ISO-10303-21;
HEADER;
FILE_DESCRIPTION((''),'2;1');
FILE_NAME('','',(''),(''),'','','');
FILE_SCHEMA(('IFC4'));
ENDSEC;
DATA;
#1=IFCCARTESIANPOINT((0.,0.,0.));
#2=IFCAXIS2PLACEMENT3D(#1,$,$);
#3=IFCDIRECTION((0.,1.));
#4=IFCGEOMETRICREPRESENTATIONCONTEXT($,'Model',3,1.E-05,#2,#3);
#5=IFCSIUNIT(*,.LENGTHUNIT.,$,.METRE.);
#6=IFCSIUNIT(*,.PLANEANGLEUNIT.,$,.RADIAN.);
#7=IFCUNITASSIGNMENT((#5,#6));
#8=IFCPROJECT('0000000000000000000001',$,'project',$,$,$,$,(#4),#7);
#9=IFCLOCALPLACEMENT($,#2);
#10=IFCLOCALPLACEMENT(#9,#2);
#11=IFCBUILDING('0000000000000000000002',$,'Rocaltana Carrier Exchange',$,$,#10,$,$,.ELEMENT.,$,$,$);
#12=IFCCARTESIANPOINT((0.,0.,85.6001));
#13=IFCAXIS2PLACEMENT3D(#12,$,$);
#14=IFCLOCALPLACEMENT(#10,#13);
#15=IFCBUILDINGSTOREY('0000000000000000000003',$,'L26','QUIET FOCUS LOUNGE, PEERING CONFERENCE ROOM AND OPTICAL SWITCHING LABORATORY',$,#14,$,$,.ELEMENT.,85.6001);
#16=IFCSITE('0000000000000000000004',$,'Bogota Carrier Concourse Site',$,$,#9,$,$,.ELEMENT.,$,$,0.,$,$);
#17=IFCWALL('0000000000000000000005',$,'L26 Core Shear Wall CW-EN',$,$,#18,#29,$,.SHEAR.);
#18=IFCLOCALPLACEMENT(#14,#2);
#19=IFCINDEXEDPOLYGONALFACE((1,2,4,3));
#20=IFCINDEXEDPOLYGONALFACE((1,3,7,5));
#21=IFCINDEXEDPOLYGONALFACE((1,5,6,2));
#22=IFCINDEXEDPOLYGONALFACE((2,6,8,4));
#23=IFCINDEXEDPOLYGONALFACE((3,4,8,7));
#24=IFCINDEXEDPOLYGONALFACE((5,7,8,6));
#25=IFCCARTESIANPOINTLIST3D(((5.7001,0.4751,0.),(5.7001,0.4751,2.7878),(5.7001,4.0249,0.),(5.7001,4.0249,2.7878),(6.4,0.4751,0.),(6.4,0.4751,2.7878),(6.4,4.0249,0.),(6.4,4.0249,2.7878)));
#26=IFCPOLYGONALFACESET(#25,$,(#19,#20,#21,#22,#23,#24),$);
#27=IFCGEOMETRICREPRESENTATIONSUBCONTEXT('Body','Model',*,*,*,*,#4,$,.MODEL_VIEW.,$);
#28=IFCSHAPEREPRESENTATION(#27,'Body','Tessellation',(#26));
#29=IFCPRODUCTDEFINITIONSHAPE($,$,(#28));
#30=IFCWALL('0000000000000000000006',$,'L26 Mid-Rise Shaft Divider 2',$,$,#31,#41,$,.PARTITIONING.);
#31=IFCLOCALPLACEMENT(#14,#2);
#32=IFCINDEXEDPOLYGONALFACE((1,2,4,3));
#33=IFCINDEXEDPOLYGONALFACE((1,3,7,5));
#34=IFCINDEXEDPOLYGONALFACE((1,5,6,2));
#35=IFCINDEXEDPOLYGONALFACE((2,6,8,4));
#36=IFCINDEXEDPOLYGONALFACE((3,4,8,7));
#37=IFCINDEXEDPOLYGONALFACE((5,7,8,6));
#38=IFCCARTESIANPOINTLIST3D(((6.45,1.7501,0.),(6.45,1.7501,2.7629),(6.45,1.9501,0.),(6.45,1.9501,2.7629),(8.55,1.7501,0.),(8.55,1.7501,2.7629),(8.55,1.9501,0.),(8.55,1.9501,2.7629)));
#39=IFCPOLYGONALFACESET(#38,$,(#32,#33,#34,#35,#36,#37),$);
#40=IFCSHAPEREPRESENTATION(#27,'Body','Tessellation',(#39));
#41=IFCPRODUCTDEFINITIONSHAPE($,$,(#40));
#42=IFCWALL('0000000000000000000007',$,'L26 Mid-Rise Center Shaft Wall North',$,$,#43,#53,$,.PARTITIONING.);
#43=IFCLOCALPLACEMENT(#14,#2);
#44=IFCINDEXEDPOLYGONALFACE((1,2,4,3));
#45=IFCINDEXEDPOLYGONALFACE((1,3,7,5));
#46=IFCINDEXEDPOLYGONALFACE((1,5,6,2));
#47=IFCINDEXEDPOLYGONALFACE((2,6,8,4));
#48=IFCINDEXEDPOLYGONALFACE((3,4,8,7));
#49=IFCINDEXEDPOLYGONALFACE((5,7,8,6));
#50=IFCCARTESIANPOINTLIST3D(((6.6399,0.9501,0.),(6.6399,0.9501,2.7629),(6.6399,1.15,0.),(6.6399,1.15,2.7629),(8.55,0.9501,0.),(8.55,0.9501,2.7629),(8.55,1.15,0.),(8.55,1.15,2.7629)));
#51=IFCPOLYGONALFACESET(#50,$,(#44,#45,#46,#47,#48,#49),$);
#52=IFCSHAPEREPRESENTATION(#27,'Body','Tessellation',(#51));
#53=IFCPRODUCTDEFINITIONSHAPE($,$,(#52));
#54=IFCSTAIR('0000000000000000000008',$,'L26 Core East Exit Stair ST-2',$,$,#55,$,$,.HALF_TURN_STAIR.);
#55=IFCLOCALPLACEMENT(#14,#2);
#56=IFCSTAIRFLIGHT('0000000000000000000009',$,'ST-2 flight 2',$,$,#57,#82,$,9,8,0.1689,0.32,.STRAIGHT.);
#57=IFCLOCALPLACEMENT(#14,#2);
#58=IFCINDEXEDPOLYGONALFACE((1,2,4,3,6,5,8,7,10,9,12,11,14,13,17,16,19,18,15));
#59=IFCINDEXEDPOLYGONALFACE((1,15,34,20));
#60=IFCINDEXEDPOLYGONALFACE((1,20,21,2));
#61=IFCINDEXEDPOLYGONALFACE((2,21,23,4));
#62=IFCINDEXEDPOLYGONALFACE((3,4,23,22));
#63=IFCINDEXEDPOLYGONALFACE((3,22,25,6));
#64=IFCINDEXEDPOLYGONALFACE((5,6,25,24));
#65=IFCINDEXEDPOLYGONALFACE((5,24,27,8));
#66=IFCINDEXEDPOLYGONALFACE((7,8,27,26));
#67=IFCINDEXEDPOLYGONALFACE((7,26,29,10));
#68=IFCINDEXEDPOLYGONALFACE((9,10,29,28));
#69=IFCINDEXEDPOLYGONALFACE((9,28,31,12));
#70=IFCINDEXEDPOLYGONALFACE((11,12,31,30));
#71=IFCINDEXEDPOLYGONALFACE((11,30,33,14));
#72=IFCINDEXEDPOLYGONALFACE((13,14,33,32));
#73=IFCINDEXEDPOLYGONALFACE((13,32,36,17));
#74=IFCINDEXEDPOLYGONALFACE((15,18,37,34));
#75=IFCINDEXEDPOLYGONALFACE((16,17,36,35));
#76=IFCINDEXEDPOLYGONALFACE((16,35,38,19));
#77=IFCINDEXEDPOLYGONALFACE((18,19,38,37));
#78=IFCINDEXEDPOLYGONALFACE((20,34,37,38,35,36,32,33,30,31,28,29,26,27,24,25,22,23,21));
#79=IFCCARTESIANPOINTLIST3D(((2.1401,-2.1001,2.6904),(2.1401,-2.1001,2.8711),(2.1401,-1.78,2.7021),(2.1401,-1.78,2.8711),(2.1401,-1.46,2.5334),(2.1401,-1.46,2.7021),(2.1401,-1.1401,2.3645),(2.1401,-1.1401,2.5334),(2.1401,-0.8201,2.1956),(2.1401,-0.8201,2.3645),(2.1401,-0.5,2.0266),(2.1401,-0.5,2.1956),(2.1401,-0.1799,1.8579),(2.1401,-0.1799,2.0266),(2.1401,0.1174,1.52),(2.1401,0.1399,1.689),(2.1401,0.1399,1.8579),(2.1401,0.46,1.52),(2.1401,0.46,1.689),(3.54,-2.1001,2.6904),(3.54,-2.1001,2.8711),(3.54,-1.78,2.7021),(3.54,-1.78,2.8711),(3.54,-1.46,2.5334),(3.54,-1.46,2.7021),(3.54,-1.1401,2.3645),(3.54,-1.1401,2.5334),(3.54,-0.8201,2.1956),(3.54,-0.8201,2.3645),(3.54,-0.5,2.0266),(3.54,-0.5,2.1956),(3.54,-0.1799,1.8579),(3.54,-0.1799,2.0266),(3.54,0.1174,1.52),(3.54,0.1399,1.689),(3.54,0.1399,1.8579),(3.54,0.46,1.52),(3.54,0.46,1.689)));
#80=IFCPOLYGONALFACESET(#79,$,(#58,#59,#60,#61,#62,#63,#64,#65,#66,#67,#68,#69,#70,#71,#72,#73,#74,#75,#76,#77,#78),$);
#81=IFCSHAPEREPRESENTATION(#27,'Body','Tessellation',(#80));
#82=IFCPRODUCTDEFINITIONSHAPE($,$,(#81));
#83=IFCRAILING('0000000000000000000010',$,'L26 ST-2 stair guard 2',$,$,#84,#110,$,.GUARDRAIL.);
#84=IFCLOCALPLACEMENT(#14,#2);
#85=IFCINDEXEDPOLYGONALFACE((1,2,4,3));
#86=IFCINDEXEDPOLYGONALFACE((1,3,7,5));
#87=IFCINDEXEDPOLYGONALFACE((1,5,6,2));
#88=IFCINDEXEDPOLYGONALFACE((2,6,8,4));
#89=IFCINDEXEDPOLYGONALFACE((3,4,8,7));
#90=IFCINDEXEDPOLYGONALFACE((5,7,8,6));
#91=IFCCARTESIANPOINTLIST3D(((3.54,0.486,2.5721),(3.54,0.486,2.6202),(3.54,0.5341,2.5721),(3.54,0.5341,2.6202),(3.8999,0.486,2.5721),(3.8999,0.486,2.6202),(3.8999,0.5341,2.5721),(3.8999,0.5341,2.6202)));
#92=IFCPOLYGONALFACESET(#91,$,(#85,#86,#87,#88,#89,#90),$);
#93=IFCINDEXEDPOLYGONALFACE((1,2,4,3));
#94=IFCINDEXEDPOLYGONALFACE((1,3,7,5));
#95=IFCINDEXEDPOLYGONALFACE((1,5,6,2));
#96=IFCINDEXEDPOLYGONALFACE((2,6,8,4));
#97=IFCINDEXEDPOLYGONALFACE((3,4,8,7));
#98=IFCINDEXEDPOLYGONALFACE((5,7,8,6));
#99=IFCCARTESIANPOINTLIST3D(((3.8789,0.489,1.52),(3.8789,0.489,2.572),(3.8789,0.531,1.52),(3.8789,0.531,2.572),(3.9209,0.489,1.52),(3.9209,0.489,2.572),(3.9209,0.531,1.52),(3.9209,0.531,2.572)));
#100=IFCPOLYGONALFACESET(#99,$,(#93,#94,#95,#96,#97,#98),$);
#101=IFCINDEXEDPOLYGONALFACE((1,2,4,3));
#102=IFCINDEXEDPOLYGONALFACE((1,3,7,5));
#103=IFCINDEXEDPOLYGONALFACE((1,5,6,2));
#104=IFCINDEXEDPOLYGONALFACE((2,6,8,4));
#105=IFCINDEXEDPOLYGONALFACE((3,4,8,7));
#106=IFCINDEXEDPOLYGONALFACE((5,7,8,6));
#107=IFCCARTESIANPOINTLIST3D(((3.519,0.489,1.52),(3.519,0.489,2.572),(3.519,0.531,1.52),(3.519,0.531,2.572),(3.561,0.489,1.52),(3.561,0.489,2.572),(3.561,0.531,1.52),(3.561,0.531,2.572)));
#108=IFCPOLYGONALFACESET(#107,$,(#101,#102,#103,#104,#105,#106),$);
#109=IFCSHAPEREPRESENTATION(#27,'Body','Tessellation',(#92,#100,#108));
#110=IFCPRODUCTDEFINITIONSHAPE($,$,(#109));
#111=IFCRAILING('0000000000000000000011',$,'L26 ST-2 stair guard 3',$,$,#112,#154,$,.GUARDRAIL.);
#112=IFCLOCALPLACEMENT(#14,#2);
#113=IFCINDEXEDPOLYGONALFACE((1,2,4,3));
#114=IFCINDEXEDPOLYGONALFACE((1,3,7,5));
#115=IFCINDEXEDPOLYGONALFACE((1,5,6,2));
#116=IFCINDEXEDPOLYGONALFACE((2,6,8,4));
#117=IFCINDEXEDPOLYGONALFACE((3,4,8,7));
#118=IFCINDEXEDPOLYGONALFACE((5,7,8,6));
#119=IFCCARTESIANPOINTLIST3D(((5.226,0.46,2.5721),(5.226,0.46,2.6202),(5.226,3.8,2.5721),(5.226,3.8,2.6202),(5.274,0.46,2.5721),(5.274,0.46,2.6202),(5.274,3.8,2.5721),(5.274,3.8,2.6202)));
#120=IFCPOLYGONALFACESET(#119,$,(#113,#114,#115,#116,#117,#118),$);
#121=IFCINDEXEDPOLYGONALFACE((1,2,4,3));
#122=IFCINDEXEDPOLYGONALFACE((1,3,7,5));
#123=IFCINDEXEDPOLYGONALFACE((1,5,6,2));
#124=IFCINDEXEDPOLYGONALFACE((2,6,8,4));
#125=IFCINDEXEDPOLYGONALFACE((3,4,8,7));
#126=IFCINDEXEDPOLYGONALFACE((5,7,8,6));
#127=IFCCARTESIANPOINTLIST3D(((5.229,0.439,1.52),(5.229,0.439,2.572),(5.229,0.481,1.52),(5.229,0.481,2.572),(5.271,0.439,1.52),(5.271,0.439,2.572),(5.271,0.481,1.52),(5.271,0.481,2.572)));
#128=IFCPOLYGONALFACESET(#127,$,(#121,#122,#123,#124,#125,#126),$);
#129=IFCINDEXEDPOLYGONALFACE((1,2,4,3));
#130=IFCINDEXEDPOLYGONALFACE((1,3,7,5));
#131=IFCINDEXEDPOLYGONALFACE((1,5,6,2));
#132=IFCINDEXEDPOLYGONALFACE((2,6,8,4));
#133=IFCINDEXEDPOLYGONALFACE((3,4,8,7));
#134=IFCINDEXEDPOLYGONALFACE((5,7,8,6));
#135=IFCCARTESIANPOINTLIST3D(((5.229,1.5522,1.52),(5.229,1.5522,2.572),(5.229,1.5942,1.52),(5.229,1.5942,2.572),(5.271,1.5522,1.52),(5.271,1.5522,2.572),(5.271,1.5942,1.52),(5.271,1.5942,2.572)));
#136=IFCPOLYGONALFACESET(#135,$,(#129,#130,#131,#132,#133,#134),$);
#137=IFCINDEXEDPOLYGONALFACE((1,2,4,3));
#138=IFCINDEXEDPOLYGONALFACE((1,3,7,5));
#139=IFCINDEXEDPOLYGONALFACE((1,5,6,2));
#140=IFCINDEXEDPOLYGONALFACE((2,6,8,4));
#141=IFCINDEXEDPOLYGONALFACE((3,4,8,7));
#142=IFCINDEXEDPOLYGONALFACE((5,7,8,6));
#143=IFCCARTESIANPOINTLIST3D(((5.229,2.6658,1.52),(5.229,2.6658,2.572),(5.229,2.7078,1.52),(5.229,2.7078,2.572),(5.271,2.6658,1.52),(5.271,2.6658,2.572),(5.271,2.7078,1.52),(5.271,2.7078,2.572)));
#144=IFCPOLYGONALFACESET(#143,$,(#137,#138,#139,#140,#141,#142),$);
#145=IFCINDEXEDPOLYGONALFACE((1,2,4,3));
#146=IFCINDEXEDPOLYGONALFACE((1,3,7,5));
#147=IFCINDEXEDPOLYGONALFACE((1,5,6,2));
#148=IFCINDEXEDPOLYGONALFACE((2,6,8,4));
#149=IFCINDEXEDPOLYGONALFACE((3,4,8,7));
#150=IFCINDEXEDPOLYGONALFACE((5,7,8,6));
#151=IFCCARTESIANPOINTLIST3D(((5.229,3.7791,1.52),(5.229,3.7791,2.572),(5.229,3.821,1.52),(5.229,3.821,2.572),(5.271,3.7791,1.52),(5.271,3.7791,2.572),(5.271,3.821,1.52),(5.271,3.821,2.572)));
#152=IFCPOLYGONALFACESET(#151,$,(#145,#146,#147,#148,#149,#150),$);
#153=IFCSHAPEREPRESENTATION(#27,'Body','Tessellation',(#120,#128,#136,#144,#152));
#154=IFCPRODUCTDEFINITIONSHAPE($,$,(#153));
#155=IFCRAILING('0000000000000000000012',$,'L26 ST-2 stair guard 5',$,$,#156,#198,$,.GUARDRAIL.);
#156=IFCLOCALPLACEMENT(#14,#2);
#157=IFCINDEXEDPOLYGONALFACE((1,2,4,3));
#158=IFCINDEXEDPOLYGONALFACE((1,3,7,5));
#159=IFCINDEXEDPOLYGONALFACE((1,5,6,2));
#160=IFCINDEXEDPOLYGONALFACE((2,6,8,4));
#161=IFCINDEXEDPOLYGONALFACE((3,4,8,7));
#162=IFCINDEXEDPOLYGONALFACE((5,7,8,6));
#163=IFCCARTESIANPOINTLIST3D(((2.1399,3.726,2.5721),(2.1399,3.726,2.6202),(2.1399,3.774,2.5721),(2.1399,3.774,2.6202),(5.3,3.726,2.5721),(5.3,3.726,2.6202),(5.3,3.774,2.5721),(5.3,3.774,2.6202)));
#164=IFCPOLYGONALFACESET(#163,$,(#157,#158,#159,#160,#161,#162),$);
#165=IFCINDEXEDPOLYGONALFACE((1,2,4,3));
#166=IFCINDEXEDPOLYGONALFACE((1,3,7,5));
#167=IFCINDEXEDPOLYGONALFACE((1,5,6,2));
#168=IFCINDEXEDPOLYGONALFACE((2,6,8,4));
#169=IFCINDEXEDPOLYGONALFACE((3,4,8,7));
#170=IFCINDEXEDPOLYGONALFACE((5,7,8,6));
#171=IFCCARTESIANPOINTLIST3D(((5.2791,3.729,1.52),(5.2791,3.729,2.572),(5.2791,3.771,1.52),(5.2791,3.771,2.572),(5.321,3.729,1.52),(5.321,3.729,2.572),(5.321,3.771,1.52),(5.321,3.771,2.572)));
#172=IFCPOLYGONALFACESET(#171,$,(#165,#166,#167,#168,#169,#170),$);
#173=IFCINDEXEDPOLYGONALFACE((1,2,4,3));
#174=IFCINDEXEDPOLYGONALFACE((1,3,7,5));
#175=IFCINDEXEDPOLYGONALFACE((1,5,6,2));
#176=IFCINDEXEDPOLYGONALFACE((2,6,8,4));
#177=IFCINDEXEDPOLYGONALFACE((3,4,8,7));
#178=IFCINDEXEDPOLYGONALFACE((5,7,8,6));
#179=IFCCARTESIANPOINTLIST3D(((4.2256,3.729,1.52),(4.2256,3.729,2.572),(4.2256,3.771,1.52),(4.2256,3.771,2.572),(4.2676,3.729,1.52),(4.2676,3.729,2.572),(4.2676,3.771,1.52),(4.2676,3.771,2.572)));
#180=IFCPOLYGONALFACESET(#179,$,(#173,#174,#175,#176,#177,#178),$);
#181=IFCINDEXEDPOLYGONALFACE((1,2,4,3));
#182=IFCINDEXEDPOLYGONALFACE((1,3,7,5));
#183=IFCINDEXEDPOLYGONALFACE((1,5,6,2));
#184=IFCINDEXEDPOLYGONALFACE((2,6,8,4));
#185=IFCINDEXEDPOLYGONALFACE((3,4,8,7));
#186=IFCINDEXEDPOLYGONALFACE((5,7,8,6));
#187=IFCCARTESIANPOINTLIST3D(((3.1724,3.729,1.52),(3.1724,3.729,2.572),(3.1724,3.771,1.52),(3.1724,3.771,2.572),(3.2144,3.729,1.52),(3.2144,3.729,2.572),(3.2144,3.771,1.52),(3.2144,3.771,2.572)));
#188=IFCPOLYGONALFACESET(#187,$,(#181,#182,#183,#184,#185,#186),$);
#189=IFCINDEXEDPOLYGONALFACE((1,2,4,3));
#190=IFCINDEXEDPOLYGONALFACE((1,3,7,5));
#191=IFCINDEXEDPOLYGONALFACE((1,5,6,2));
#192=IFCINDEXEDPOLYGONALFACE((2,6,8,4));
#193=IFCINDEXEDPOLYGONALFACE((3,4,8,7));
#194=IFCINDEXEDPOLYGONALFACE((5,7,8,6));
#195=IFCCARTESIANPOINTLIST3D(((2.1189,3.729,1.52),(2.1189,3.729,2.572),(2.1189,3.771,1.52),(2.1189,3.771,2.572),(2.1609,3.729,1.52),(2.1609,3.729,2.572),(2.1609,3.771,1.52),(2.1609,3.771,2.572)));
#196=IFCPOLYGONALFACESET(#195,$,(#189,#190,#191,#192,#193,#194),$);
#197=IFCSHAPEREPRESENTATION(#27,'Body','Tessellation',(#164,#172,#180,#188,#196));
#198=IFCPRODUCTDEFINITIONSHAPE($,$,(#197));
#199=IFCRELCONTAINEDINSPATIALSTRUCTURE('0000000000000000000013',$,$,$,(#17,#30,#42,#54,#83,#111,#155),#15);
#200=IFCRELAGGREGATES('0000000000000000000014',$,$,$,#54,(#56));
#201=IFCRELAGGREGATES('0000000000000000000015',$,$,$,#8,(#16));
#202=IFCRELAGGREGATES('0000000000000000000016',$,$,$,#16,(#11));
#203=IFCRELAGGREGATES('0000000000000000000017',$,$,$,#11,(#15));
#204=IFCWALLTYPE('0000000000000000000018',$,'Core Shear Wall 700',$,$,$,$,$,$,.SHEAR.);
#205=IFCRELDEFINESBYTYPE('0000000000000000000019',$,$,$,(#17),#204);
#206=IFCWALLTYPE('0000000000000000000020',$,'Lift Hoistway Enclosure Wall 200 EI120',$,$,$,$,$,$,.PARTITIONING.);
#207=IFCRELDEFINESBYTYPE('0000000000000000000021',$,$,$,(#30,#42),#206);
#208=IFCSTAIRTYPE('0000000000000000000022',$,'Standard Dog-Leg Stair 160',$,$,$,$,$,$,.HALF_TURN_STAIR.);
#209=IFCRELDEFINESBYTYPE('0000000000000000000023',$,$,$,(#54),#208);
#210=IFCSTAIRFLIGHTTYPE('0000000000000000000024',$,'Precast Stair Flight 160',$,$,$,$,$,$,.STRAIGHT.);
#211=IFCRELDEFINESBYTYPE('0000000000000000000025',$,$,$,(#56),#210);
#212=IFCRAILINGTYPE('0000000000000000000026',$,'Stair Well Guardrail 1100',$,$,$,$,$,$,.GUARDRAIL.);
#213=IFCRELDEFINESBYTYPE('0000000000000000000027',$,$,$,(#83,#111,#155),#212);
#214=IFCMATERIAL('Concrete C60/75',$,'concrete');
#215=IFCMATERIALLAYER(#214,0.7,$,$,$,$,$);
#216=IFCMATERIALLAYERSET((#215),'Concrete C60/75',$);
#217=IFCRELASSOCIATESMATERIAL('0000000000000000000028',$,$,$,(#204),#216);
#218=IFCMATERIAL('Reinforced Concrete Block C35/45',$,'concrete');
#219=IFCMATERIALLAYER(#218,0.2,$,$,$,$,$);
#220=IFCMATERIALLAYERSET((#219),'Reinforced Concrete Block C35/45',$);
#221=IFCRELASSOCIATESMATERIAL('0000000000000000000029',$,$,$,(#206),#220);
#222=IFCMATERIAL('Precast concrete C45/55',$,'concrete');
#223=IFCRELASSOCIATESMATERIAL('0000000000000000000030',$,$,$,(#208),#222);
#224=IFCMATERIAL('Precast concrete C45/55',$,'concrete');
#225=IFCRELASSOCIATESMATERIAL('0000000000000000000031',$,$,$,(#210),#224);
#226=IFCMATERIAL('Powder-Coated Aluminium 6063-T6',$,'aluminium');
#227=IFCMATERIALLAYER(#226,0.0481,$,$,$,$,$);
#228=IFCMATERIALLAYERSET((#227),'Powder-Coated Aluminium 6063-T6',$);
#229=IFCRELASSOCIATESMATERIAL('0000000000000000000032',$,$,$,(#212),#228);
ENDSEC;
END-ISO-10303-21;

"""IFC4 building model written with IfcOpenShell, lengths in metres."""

from ifc_helpers import new_model, si_unit, direction, frame, frame_2d, origin, origin_2d, place, context, subcontext, project, spatial, polyline, rectangle, outline, extrude, material, layer, layer_set, type_object, element, aggregate, save


model = new_model("IFC4")

# Units and contexts
model_context = context("Model", 3, precision=1e-05, world=origin(), true_north=direction((0.0, 1.0)))
body_context = subcontext(model_context, "Body", "Model", "MODEL_VIEW")
ifc_project = project(units=[si_unit("LENGTHUNIT", "METRE"), si_unit("PLANEANGLEUNIT", "RADIAN")], contexts=[model_context])

# Site, building, storey
site_placement = place(None, origin())
site = spatial("IfcSite", under=ifc_project, at=site_placement, Name="Bogota Carrier Concourse Site", CompositionType="ELEMENT", RefElevation=0.0)
building_placement = place(site_placement, origin())
building = spatial("IfcBuilding", under=site, at=building_placement, Name="Rocaltana Carrier Exchange", CompositionType="ELEMENT")
storey_placement = place(building_placement, frame((0.0, 0.0, 85.6001)))
storey = spatial("IfcBuildingStorey", under=building, at=storey_placement, Name="L26", Description="QUIET FOCUS LOUNGE, PEERING CONFERENCE ROOM AND OPTICAL SWITCHING LABORATORY", CompositionType="ELEMENT", Elevation=85.6001)

# Walls
ifc_material_1 = material(Name="Concrete C60/75", Category="concrete")
ifc_layer_1 = layer(ifc_material_1, 0.7)
ifc_layer_set_1 = layer_set([ifc_layer_1], Name="Concrete C60/75")
wall_type_1 = type_object("IfcWallType", Name="Core Shear Wall 700", PredefinedType="SHEAR", material=ifc_layer_set_1)
wall_1_placement = place(storey_placement, frame((6.05, 0.4751, 0.0), z_axis=(0.0, 0.0, 1.0), x_axis=(0.0, 1.0, 0.0)))
element("IfcWall", 1, at=wall_1_placement, inside=storey, type_object=wall_type_1, Name="L26 Core Shear Wall CW-EN", PredefinedType="SHEAR", context=body_context, shape_type="SweptSolid", body=[
    extrude(rectangle(XDim=3.5498, YDim=0.7, at=frame_2d((1.7749, 0.0))), origin(), (0.0, 0.0, 1.0), 2.7878),
])
ifc_material_2 = material(Name="Reinforced Concrete Block C35/45", Category="concrete")
ifc_layer_2 = layer(ifc_material_2, 0.2)
ifc_layer_set_2 = layer_set([ifc_layer_2], Name="Reinforced Concrete Block C35/45")
wall_type_2 = type_object("IfcWallType", Name="Lift Hoistway Enclosure Wall 200 EI120", PredefinedType="PARTITIONING", material=ifc_layer_set_2)
wall_2_placement = place(storey_placement, frame((6.45, 1.8501, 0.0), z_axis=(0.0, 0.0, 1.0), x_axis=(1.0, 0.0, 0.0)))
element("IfcWall", 2, at=wall_2_placement, inside=storey, type_object=wall_type_2, Name="L26 Mid-Rise Shaft Divider 2", PredefinedType="PARTITIONING", context=body_context, shape_type="SweptSolid", body=[
    extrude(rectangle(XDim=2.1001, YDim=0.2, at=frame_2d((1.05, 0.0))), origin(), (0.0, 0.0, 1.0), 2.7629),
])
wall_3_placement = place(storey_placement, frame((6.6399, 1.05, 0.0), z_axis=(0.0, 0.0, 1.0), x_axis=(1.0, 0.0, 0.0)))
element("IfcWall", 3, at=wall_3_placement, inside=storey, type_object=wall_type_2, Name="L26 Mid-Rise Center Shaft Wall North", PredefinedType="PARTITIONING", context=body_context, shape_type="SweptSolid", body=[
    extrude(rectangle(XDim=1.9102, YDim=0.2, at=frame_2d((0.9551, 0.0))), origin(), (0.0, 0.0, 1.0), 2.7629),
])

# Stair, stair flight
ifc_material_3 = material(Name="Precast concrete C45/55", Category="concrete")
stair_type = type_object("IfcStairType", Name="Standard Dog-Leg Stair 160", PredefinedType="HALF_TURN_STAIR", material=ifc_material_3)
stair_placement = place(storey_placement, origin())
stair = element("IfcStair", 4, at=stair_placement, inside=storey, type_object=stair_type, Name="L26 Core East Exit Stair ST-2", PredefinedType="HALF_TURN_STAIR")
ifc_material_4 = material(Name="Precast concrete C45/55", Category="concrete")
stair_flight_type = type_object("IfcStairFlightType", Name="Precast Stair Flight 160", PredefinedType="STRAIGHT", material=ifc_material_4)
stair_flight_placement = place(storey_placement, frame((2.8401, 0.46, 1.52), z_axis=(0.0, 0.0, 1.0), x_axis=(0.0, -1.0, 0.0)))
stair_flight = element("IfcStairFlight", 5, at=stair_flight_placement, type_object=stair_flight_type, Name="ST-2 flight 2", NumberOfRisers=9, NumberOfTreads=8, PredefinedType="STRAIGHT", RiserHeight=0.1689, TreadLength=0.32, context=body_context, shape_type="SweptSolid", body=[
    extrude(outline(polyline([(0.0, 0.0), (0.0, 0.1689), (0.3201, 0.1689), (0.3201, 0.3379), (0.6399, 0.3379), (0.6399, 0.5066), (0.96, 0.5066), (0.96, 0.6755), (1.28, 0.6755), (1.28, 0.8445), (1.6001, 0.8445), (1.6001, 1.0134), (1.9199, 1.0134), (1.9199, 1.1821), (2.24, 1.1821), (2.24, 1.3511), (2.5601, 1.3511), (2.5601, 1.52), (2.5601, 1.1704), (0.3425, 0.0), (0.0, 0.0)])), frame((0.0, 0.7, 0.0), z_axis=(0.0, -1.0, 0.0), x_axis=(1.0, 0.0, 0.0)), (0.0, 0.0, 1.0), 1.3999),
])
aggregate(stair, [stair_flight])

# Railings
ifc_material_5 = material(Name="Powder-Coated Aluminium 6063-T6", Category="aluminium")
ifc_layer_3 = layer(ifc_material_5, 0.0481)
ifc_layer_set_3 = layer_set([ifc_layer_3], Name="Powder-Coated Aluminium 6063-T6")
railing_type = type_object("IfcRailingType", Name="Stair Well Guardrail 1100", PredefinedType="GUARDRAIL", material=ifc_layer_set_3)
railing_1_placement = place(storey_placement, frame((3.8999, 0.51, 1.52)))
element("IfcRailing", 6, at=railing_1_placement, inside=storey, type_object=railing_type, Name="L26 ST-2 stair guard 2", PredefinedType="GUARDRAIL", context=body_context, shape_type="SweptSolid", body=[
    extrude(rectangle(XDim=0.0481, YDim=0.0481, at=origin_2d()), frame((0.0, 0.0, 1.0762), z_axis=(-1.0, 0.0, 0.0), x_axis=(0.0, -1.0, 0.0)), (0.0, 0.0, 1.0), 0.3599),
    extrude(rectangle(XDim=0.042, YDim=0.042, at=origin_2d()), origin(), (0.0, 0.0, 1.0), 1.052),
    extrude(rectangle(XDim=0.042, YDim=0.042, at=origin_2d()), frame((-0.3599, 0.0, 0.0)), (0.0, 0.0, 1.0), 1.052),
])
railing_2_placement = place(storey_placement, frame((5.25, 0.46, 1.52)))
element("IfcRailing", 7, at=railing_2_placement, inside=storey, type_object=railing_type, Name="L26 ST-2 stair guard 3", PredefinedType="GUARDRAIL", context=body_context, shape_type="SweptSolid", body=[
    extrude(rectangle(XDim=0.0481, YDim=0.0481, at=origin_2d()), frame((0.0, 0.0, 1.0762), z_axis=(0.0, 1.0, 0.0), x_axis=(-1.0, 0.0, 0.0)), (0.0, 0.0, 1.0), 3.3401),
    extrude(rectangle(XDim=0.042, YDim=0.042, at=origin_2d()), origin(), (0.0, 0.0, 1.0), 1.052),
    extrude(rectangle(XDim=0.042, YDim=0.042, at=origin_2d()), frame((0.0, 1.1133, 0.0)), (0.0, 0.0, 1.0), 1.052),
    extrude(rectangle(XDim=0.042, YDim=0.042, at=origin_2d()), frame((0.0, 2.2268, 0.0)), (0.0, 0.0, 1.0), 1.052),
    extrude(rectangle(XDim=0.042, YDim=0.042, at=origin_2d()), frame((0.0, 3.3401, 0.0)), (0.0, 0.0, 1.0), 1.052),
])
railing_3_placement = place(storey_placement, frame((5.3, 3.75, 1.52)))
element("IfcRailing", 8, at=railing_3_placement, inside=storey, type_object=railing_type, Name="L26 ST-2 stair guard 5", PredefinedType="GUARDRAIL", context=body_context, shape_type="SweptSolid", body=[
    extrude(rectangle(XDim=0.0481, YDim=0.0481, at=origin_2d()), frame((0.0, 0.0, 1.0762), z_axis=(-1.0, 0.0, 0.0), x_axis=(0.0, -1.0, 0.0)), (0.0, 0.0, 1.0), 3.1602),
    extrude(rectangle(XDim=0.042, YDim=0.042, at=origin_2d()), origin(), (0.0, 0.0, 1.0), 1.052),
    extrude(rectangle(XDim=0.042, YDim=0.042, at=origin_2d()), frame((-1.0535, 0.0, 0.0)), (0.0, 0.0, 1.0), 1.052),
    extrude(rectangle(XDim=0.042, YDim=0.042, at=origin_2d()), frame((-2.1067, 0.0, 0.0)), (0.0, 0.0, 1.0), 1.052),
    extrude(rectangle(XDim=0.042, YDim=0.042, at=origin_2d()), frame((-3.1602, 0.0, 0.0)), (0.0, 0.0, 1.0), 1.052),
])

save(model, "model.ifc")
